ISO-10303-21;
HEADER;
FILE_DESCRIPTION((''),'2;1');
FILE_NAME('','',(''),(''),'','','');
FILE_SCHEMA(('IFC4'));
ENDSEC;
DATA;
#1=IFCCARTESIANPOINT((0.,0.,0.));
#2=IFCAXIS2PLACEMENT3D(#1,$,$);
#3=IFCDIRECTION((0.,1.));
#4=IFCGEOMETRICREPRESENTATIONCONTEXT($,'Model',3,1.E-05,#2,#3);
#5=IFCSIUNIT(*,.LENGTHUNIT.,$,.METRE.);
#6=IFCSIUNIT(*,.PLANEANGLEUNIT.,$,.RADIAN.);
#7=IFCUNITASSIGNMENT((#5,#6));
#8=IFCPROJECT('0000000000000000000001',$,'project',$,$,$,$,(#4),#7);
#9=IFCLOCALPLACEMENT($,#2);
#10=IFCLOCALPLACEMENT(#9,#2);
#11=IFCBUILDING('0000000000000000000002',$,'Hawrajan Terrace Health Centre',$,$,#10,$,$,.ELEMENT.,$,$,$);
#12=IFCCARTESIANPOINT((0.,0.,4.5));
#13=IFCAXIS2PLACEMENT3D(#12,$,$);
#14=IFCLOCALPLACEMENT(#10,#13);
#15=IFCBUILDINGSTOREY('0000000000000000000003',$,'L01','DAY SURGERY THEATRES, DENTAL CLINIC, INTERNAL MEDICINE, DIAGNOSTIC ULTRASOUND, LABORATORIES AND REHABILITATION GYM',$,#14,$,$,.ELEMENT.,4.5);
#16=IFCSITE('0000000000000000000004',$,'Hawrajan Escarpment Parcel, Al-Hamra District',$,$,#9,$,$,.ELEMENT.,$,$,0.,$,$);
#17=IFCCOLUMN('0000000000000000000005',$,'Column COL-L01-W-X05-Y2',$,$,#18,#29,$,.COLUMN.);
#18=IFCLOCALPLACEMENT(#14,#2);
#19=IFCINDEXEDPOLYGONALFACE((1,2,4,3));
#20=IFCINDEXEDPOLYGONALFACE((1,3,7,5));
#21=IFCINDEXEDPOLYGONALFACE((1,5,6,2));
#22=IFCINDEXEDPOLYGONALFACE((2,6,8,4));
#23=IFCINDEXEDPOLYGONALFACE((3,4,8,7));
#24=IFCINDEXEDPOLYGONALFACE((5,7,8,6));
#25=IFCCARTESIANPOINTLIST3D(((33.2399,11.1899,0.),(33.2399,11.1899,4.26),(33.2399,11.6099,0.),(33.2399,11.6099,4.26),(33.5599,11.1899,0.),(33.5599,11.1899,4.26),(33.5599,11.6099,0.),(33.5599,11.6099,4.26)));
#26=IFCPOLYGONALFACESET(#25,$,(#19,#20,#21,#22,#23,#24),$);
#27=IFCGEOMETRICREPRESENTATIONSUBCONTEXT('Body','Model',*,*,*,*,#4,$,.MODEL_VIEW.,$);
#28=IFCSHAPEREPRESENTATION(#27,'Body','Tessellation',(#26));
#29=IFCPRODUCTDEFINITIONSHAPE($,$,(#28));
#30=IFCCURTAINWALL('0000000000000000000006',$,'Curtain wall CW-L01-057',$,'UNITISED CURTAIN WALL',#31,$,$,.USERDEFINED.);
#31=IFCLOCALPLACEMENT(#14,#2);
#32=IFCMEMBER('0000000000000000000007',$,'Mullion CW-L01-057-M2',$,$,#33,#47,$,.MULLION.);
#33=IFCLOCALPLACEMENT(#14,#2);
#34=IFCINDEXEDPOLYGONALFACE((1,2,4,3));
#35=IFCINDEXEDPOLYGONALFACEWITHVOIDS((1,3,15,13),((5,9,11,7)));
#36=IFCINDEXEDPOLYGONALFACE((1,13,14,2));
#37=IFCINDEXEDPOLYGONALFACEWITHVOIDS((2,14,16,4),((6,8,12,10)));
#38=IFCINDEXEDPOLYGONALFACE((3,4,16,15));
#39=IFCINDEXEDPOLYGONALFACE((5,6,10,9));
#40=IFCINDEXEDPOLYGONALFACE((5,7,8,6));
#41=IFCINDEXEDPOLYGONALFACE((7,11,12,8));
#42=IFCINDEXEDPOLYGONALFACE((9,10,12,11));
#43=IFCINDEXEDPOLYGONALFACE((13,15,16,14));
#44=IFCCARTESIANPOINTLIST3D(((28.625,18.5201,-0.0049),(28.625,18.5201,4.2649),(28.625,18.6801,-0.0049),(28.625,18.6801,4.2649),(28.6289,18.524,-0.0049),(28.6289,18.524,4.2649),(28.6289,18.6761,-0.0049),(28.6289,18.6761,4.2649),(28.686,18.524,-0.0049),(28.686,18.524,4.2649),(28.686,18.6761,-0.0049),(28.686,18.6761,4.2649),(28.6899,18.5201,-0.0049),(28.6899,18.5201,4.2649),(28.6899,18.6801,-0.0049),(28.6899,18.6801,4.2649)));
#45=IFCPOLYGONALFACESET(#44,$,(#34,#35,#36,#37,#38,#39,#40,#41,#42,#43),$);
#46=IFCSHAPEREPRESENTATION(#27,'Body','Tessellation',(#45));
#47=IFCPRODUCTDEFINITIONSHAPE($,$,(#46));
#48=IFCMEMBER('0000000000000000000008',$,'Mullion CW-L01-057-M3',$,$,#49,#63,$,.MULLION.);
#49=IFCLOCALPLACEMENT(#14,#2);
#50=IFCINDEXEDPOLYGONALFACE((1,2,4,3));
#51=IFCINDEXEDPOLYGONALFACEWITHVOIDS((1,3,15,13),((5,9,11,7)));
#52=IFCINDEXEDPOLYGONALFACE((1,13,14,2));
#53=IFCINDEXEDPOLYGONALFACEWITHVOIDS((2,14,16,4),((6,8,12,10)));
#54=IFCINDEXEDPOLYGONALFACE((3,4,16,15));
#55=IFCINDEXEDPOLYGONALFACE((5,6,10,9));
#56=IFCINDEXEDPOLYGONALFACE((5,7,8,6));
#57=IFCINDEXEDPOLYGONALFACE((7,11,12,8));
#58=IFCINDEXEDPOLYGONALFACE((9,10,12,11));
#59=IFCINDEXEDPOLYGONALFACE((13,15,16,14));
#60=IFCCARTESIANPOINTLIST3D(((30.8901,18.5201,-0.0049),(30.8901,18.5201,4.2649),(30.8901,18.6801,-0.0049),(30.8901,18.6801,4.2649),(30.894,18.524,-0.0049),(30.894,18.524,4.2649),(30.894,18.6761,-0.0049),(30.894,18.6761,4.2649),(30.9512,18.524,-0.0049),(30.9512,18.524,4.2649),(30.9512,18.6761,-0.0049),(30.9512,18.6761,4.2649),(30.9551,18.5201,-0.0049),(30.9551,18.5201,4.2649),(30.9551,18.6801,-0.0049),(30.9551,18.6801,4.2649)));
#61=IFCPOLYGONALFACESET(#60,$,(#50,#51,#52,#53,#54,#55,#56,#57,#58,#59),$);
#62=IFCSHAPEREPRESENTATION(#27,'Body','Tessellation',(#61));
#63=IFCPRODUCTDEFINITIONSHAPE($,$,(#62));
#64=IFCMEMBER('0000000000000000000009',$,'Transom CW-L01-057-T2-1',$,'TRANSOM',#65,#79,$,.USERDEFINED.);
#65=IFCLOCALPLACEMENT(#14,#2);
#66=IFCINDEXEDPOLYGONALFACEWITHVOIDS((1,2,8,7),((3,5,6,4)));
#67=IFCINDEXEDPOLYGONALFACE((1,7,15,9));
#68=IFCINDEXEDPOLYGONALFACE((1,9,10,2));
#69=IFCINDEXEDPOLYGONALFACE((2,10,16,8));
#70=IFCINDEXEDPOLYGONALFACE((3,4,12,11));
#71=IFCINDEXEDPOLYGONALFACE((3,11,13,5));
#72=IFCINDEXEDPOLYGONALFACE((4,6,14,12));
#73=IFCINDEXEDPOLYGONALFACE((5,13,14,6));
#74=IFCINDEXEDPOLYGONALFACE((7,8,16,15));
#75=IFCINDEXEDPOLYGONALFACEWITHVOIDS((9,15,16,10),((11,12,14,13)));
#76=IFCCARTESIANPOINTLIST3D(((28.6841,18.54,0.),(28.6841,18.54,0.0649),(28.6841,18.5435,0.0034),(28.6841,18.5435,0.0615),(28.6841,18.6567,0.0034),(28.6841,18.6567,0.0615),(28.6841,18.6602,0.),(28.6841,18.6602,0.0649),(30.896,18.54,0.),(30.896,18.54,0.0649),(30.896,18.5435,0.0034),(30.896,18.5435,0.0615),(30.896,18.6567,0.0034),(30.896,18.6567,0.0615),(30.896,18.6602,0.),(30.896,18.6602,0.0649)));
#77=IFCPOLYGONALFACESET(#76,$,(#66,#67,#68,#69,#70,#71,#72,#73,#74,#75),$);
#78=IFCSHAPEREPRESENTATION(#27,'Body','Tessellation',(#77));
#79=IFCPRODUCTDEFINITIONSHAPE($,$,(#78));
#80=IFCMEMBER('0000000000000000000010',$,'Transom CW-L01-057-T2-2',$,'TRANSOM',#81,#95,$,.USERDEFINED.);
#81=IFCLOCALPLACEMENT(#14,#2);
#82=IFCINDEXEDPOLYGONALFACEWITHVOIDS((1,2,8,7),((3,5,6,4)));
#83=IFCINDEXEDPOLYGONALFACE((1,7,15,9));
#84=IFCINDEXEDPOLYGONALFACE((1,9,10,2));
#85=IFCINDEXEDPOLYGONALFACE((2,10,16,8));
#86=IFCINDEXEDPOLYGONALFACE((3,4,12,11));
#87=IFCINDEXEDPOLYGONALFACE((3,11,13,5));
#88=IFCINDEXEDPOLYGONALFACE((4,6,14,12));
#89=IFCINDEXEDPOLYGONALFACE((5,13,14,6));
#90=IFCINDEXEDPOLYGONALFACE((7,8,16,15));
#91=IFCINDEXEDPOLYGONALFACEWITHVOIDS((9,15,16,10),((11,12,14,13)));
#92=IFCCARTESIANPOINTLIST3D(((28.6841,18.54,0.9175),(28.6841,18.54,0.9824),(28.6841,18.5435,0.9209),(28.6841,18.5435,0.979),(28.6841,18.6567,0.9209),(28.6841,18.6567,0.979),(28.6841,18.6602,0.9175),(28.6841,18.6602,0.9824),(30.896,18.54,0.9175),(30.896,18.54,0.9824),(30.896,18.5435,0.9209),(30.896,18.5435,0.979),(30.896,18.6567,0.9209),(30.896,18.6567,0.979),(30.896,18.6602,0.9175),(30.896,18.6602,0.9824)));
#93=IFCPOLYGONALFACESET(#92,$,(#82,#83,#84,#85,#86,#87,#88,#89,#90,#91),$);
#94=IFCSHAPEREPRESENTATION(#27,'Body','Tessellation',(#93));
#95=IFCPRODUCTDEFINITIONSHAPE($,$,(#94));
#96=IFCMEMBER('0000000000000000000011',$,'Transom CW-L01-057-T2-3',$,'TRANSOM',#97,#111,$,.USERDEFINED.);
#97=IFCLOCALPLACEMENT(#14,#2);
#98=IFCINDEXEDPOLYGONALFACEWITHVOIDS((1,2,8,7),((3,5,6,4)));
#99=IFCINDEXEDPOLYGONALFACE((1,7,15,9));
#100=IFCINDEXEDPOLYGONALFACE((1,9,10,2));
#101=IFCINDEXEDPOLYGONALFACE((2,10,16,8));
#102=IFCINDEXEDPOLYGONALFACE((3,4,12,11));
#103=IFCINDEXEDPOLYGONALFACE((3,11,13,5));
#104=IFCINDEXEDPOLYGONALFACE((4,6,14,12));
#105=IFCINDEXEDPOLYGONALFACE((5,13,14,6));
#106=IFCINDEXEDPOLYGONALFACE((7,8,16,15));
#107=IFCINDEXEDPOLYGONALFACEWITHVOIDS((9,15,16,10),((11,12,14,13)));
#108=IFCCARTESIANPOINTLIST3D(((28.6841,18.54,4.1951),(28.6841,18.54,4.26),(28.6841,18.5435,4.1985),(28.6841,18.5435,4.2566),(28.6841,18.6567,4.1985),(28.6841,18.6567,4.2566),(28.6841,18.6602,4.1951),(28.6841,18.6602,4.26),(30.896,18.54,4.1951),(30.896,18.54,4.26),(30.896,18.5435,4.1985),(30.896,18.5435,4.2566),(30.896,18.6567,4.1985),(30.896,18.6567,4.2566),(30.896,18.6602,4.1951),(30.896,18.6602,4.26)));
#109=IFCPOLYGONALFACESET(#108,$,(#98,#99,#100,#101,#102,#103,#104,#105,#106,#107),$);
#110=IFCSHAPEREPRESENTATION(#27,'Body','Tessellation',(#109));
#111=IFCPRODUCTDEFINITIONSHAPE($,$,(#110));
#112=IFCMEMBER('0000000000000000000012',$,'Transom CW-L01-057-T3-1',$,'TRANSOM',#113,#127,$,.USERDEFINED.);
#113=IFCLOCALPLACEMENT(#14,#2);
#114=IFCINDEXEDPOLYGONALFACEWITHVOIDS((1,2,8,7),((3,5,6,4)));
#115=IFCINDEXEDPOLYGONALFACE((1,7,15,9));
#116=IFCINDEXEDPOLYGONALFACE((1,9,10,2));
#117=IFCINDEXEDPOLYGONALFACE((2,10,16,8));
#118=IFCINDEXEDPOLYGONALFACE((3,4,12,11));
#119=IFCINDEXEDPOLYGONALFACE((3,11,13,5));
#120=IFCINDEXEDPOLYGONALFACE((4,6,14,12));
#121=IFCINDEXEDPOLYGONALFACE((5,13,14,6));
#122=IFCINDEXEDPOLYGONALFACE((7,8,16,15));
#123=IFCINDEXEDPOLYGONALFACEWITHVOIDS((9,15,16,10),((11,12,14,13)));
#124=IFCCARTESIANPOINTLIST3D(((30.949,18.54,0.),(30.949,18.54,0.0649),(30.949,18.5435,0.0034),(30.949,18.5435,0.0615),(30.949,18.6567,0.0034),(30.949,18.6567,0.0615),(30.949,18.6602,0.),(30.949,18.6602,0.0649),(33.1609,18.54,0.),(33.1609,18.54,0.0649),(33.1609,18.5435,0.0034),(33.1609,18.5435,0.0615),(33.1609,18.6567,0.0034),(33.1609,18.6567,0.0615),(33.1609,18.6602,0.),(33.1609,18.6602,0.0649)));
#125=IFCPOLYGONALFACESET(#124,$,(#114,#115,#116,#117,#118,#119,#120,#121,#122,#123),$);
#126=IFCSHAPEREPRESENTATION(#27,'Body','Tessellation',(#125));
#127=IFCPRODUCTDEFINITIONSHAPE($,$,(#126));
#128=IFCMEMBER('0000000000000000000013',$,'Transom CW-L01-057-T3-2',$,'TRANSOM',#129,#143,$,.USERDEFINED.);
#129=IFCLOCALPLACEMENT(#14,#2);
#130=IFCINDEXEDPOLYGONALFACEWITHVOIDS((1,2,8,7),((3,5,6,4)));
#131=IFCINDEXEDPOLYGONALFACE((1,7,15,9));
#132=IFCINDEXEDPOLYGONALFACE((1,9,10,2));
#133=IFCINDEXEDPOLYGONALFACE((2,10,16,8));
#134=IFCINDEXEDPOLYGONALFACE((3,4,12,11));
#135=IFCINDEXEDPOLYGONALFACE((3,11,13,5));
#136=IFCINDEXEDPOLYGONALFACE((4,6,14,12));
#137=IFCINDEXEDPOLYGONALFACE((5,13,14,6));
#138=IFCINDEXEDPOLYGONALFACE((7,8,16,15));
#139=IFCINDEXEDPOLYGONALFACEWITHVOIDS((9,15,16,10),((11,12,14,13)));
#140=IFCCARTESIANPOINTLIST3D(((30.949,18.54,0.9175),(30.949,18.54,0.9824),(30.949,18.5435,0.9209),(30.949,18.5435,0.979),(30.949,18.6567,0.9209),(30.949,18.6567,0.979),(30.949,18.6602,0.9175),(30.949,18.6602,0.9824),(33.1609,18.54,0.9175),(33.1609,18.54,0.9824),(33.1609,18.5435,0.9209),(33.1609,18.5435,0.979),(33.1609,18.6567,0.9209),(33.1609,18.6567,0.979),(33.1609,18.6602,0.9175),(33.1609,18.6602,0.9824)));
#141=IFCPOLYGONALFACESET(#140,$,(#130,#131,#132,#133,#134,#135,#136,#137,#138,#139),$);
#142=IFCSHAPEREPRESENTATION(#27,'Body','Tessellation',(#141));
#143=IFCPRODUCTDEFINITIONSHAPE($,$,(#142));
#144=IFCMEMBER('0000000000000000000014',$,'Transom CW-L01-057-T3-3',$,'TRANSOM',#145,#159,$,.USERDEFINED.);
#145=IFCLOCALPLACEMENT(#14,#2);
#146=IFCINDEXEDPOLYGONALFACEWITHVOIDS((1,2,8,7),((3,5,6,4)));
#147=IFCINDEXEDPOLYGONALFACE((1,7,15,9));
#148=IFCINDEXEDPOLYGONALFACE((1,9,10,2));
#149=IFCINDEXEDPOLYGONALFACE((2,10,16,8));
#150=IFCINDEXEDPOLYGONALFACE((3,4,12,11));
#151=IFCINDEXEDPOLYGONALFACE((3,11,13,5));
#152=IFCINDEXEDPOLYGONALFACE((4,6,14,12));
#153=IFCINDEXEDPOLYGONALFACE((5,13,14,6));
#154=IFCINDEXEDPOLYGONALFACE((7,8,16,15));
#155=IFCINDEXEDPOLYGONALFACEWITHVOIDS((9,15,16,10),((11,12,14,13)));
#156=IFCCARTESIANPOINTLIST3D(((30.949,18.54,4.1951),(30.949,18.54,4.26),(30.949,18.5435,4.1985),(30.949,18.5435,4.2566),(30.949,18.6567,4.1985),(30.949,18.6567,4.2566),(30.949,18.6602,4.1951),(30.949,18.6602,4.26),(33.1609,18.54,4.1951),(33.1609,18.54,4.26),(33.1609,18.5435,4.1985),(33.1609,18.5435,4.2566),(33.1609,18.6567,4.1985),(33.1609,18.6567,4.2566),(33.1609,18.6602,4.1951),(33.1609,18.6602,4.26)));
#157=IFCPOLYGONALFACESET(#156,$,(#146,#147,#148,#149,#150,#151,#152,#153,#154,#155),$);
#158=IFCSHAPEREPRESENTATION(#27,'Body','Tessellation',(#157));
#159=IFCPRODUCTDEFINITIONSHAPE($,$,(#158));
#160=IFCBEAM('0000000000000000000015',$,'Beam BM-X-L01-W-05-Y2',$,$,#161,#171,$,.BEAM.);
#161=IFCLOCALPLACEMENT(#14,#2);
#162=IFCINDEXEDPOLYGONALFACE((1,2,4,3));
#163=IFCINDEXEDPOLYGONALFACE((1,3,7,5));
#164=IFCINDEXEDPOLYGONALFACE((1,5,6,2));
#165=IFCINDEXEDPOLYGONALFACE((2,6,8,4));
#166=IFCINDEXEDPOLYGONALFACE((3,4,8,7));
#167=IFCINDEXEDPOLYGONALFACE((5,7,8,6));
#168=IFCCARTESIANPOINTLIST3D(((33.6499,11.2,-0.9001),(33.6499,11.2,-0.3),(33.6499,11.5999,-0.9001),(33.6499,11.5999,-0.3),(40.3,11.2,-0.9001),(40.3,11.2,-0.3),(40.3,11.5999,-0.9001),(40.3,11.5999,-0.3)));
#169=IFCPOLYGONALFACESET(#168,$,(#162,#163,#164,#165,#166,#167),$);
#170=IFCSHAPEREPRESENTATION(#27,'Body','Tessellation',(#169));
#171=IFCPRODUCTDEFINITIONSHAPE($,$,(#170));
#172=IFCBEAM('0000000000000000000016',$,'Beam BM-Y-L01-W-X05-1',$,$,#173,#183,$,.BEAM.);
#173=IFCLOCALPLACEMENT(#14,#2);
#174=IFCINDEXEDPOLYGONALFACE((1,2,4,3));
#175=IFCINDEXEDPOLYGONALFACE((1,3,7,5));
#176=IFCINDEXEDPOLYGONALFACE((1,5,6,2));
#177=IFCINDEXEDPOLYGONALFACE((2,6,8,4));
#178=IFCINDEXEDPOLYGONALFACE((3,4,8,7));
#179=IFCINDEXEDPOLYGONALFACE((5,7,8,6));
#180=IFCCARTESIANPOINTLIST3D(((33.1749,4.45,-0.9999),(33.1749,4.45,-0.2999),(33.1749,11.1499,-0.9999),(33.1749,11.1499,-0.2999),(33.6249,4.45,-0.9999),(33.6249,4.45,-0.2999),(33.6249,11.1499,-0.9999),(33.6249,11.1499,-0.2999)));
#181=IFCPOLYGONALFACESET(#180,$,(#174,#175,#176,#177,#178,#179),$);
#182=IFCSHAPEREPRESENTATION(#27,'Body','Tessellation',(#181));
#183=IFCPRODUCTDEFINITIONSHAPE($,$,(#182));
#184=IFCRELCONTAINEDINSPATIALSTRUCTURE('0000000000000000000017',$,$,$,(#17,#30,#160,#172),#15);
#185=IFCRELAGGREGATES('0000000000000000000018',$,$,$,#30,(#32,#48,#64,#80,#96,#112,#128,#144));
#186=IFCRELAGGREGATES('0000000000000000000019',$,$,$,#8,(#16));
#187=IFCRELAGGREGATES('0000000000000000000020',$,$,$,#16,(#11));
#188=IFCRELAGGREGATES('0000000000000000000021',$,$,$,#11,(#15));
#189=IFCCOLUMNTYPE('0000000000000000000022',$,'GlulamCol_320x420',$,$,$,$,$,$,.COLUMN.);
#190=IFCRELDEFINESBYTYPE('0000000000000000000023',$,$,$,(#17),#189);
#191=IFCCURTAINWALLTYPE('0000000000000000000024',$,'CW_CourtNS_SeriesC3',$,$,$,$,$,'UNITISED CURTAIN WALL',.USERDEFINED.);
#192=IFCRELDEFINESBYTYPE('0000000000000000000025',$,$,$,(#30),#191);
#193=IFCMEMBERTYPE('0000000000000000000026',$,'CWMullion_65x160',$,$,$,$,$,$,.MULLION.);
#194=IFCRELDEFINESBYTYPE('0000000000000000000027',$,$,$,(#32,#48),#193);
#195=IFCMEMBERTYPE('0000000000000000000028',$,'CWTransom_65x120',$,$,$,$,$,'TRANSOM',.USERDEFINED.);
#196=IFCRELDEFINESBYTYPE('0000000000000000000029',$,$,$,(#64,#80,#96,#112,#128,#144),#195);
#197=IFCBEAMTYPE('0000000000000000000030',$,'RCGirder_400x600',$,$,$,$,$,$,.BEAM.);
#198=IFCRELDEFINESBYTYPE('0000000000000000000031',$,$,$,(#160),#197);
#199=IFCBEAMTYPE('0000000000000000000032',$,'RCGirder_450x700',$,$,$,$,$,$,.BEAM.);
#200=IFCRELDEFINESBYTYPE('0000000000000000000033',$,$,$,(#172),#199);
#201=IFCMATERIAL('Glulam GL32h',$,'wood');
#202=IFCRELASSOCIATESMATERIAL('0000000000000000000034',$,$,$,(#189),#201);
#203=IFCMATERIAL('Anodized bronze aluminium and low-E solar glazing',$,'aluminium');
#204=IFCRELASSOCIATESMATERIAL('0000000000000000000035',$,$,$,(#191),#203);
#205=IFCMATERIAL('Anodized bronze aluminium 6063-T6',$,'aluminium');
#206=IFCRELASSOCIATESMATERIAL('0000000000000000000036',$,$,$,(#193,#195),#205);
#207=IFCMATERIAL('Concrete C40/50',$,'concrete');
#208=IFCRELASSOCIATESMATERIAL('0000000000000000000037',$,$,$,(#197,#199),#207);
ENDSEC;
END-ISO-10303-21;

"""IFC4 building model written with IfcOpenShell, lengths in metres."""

from ifc_helpers import new_model, si_unit, direction, frame, origin, origin_2d, place, context, subcontext, project, spatial, rectangle, hollow_rectangle, extrude, material, material_profile, profile_set, type_object, element, aggregate, save


model = new_model("IFC4")

# Units and contexts
model_context = context("Model", 3, precision=1e-05, world=origin(), true_north=direction((0.0, 1.0)))
body_context = subcontext(model_context, "Body", "Model", "MODEL_VIEW")
ifc_project = project(units=[si_unit("LENGTHUNIT", "METRE"), si_unit("PLANEANGLEUNIT", "RADIAN")], contexts=[model_context])

# Site, building, storey
site_placement = place(None, origin())
site = spatial("IfcSite", under=ifc_project, at=site_placement, Name="Hawrajan Escarpment Parcel, Al-Hamra District", CompositionType="ELEMENT", RefElevation=0.0)
building_placement = place(site_placement, origin())
building = spatial("IfcBuilding", under=site, at=building_placement, Name="Hawrajan Terrace Health Centre", CompositionType="ELEMENT")
storey_placement = place(building_placement, frame((0.0, 0.0, 4.5)))
storey = spatial("IfcBuildingStorey", under=building, at=storey_placement, Name="L01", Description="DAY SURGERY THEATRES, DENTAL CLINIC, INTERNAL MEDICINE, DIAGNOSTIC ULTRASOUND, LABORATORIES AND REHABILITATION GYM", CompositionType="ELEMENT", Elevation=4.5)

# Column
ifc_material_1 = material(Name="Glulam GL32h", Category="wood")
ifc_material_profile_1 = material_profile(ifc_material_1, rectangle(XDim=0.3201, YDim=0.4199, at=origin_2d()), Name="GL 320x420")
ifc_profile_set_1 = profile_set([ifc_material_profile_1], Name="Glulam GL32h")
column_type = type_object("IfcColumnType", Name="GlulamCol_320x420", PredefinedType="COLUMN", material=ifc_profile_set_1)
column_placement = place(storey_placement, frame((33.3999, 11.3999, 0.0), z_axis=(0.0, 0.0, 1.0), x_axis=(1.0, 0.0, 0.0)))
element("IfcColumn", 1, at=column_placement, inside=storey, type_object=column_type, Name="Column COL-L01-W-X05-Y2", PredefinedType="COLUMN", context=body_context, shape_type="SweptSolid", body=[
    extrude(rectangle(XDim=0.3201, YDim=0.4199, at=origin_2d()), origin(), (0.0, 0.0, 1.0), 4.26),
])

# Curtain wall, members
ifc_material_2 = material(Name="Anodized bronze aluminium and low-E solar glazing", Category="aluminium")
curtain_wall_type = type_object("IfcCurtainWallType", Name="CW_CourtNS_SeriesC3", ElementType="UNITISED CURTAIN WALL", PredefinedType="USERDEFINED", material=ifc_material_2)
curtain_wall_placement = place(storey_placement, origin())
curtain_wall = element("IfcCurtainWall", 2, at=curtain_wall_placement, inside=storey, type_object=curtain_wall_type, Name="Curtain wall CW-L01-057", ObjectType="UNITISED CURTAIN WALL", PredefinedType="USERDEFINED")
ifc_material_3 = material(Name="Anodized bronze aluminium 6063-T6", Category="aluminium")
ifc_material_profile_2 = material_profile(ifc_material_3, hollow_rectangle(XDim=0.0649, YDim=0.1599, WallThickness=0.0039, at=origin_2d()), Name="CW MUL 65x160")
ifc_profile_set_2 = profile_set([ifc_material_profile_2], Name="Anodized bronze aluminium 6063-T6")
member_type_1 = type_object("IfcMemberType", Name="CWMullion_65x160", PredefinedType="MULLION", material=ifc_profile_set_2)
member_1_placement = place(storey_placement, frame((28.6575, 18.6001, -0.0049), z_axis=(0.0, 0.0, 1.0), x_axis=(1.0, 0.0, 0.0)))
member_1 = element("IfcMember", 3, at=member_1_placement, type_object=member_type_1, Name="Mullion CW-L01-057-M2", PredefinedType="MULLION", context=body_context, shape_type="SweptSolid", body=[
    extrude(hollow_rectangle(XDim=0.0649, YDim=0.1599, WallThickness=0.0039, at=origin_2d()), origin(), (0.0, 0.0, 1.0), 4.2698),
])
member_2_placement = place(storey_placement, frame((30.9226, 18.6001, -0.0049), z_axis=(0.0, 0.0, 1.0), x_axis=(1.0, 0.0, 0.0)))
member_2 = element("IfcMember", 4, at=member_2_placement, type_object=member_type_1, Name="Mullion CW-L01-057-M3", PredefinedType="MULLION", context=body_context, shape_type="SweptSolid", body=[
    extrude(hollow_rectangle(XDim=0.0649, YDim=0.1599, WallThickness=0.0039, at=origin_2d()), origin(), (0.0, 0.0, 1.0), 4.2698),
])
ifc_material_profile_3 = material_profile(ifc_material_3, hollow_rectangle(XDim=0.0649, YDim=0.1201, WallThickness=0.0034, at=origin_2d()), Name="CW TRN 65x120")
ifc_profile_set_3 = profile_set([ifc_material_profile_3], Name="Anodized bronze aluminium 6063-T6")
member_type_2 = type_object("IfcMemberType", Name="CWTransom_65x120", ElementType="TRANSOM", PredefinedType="USERDEFINED", material=ifc_profile_set_3)
member_3_placement = place(storey_placement, frame((28.6841, 18.6001, 0.0325), z_axis=(1.0, 0.0, 0.0), x_axis=(0.0, 0.0, 1.0)))
member_3 = element("IfcMember", 5, at=member_3_placement, type_object=member_type_2, Name="Transom CW-L01-057-T2-1", ObjectType="TRANSOM", PredefinedType="USERDEFINED", context=body_context, shape_type="SweptSolid", body=[
    extrude(hollow_rectangle(XDim=0.0649, YDim=0.1201, WallThickness=0.0034, at=origin_2d()), origin(), (0.0, 0.0, 1.0), 2.2119),
])
member_4_placement = place(storey_placement, frame((28.6841, 18.6001, 0.95), z_axis=(1.0, 0.0, 0.0), x_axis=(0.0, 0.0, 1.0)))
member_4 = element("IfcMember", 6, at=member_4_placement, type_object=member_type_2, Name="Transom CW-L01-057-T2-2", ObjectType="TRANSOM", PredefinedType="USERDEFINED", context=body_context, shape_type="SweptSolid", body=[
    extrude(hollow_rectangle(XDim=0.0649, YDim=0.1201, WallThickness=0.0034, at=origin_2d()), origin(), (0.0, 0.0, 1.0), 2.2119),
])
member_5_placement = place(storey_placement, frame((28.6841, 18.6001, 4.2275), z_axis=(1.0, 0.0, 0.0), x_axis=(0.0, 0.0, 1.0)))
member_5 = element("IfcMember", 7, at=member_5_placement, type_object=member_type_2, Name="Transom CW-L01-057-T2-3", ObjectType="TRANSOM", PredefinedType="USERDEFINED", context=body_context, shape_type="SweptSolid", body=[
    extrude(hollow_rectangle(XDim=0.0649, YDim=0.1201, WallThickness=0.0034, at=origin_2d()), origin(), (0.0, 0.0, 1.0), 2.2119),
])
member_6_placement = place(storey_placement, frame((30.949, 18.6001, 0.0325), z_axis=(1.0, 0.0, 0.0), x_axis=(0.0, 0.0, 1.0)))
member_6 = element("IfcMember", 8, at=member_6_placement, type_object=member_type_2, Name="Transom CW-L01-057-T3-1", ObjectType="TRANSOM", PredefinedType="USERDEFINED", context=body_context, shape_type="SweptSolid", body=[
    extrude(hollow_rectangle(XDim=0.0649, YDim=0.1201, WallThickness=0.0034, at=origin_2d()), origin(), (0.0, 0.0, 1.0), 2.2119),
])
member_7_placement = place(storey_placement, frame((30.949, 18.6001, 0.95), z_axis=(1.0, 0.0, 0.0), x_axis=(0.0, 0.0, 1.0)))
member_7 = element("IfcMember", 9, at=member_7_placement, type_object=member_type_2, Name="Transom CW-L01-057-T3-2", ObjectType="TRANSOM", PredefinedType="USERDEFINED", context=body_context, shape_type="SweptSolid", body=[
    extrude(hollow_rectangle(XDim=0.0649, YDim=0.1201, WallThickness=0.0034, at=origin_2d()), origin(), (0.0, 0.0, 1.0), 2.2119),
])
member_8_placement = place(storey_placement, frame((30.949, 18.6001, 4.2275), z_axis=(1.0, 0.0, 0.0), x_axis=(0.0, 0.0, 1.0)))
member_8 = element("IfcMember", 10, at=member_8_placement, type_object=member_type_2, Name="Transom CW-L01-057-T3-3", ObjectType="TRANSOM", PredefinedType="USERDEFINED", context=body_context, shape_type="SweptSolid", body=[
    extrude(hollow_rectangle(XDim=0.0649, YDim=0.1201, WallThickness=0.0034, at=origin_2d()), origin(), (0.0, 0.0, 1.0), 2.2119),
])

# Beams
ifc_material_4 = material(Name="Concrete C40/50", Category="concrete")
ifc_material_profile_4 = material_profile(ifc_material_4, rectangle(XDim=0.3999, YDim=0.6001, at=origin_2d()), Name="RC BM 400x600")
ifc_profile_set_4 = profile_set([ifc_material_profile_4], Name="Concrete C40/50")
beam_type_1 = type_object("IfcBeamType", Name="RCGirder_400x600", PredefinedType="BEAM", material=ifc_profile_set_4)
beam_1_placement = place(storey_placement, frame((33.6499, 11.3999, -0.6001), z_axis=(1.0, 0.0, 0.0), x_axis=(0.0, 1.0, 0.0)))
element("IfcBeam", 11, at=beam_1_placement, inside=storey, type_object=beam_type_1, Name="Beam BM-X-L01-W-05-Y2", PredefinedType="BEAM", context=body_context, shape_type="SweptSolid", body=[
    extrude(rectangle(XDim=0.3999, YDim=0.6001, at=origin_2d()), origin(), (0.0, 0.0, 1.0), 6.6501),
])
ifc_material_profile_5 = material_profile(ifc_material_4, rectangle(XDim=0.45, YDim=0.7, at=origin_2d()), Name="RC BM 450x700")
ifc_profile_set_5 = profile_set([ifc_material_profile_5], Name="Concrete C40/50")
beam_type_2 = type_object("IfcBeamType", Name="RCGirder_450x700", PredefinedType="BEAM", material=ifc_profile_set_5)
beam_2_placement = place(storey_placement, frame((33.3999, 4.45, -0.6499), z_axis=(0.0, 1.0, 0.0), x_axis=(-1.0, 0.0, 0.0)))
element("IfcBeam", 12, at=beam_2_placement, inside=storey, type_object=beam_type_2, Name="Beam BM-Y-L01-W-X05-1", PredefinedType="BEAM", context=body_context, shape_type="SweptSolid", body=[
    extrude(rectangle(XDim=0.45, YDim=0.7, at=origin_2d()), origin(), (0.0, 0.0, 1.0), 6.7),
])

aggregate(curtain_wall, [member_1, member_2, member_3, member_4, member_5, member_6, member_7, member_8])

save(model, "model.ifc")
